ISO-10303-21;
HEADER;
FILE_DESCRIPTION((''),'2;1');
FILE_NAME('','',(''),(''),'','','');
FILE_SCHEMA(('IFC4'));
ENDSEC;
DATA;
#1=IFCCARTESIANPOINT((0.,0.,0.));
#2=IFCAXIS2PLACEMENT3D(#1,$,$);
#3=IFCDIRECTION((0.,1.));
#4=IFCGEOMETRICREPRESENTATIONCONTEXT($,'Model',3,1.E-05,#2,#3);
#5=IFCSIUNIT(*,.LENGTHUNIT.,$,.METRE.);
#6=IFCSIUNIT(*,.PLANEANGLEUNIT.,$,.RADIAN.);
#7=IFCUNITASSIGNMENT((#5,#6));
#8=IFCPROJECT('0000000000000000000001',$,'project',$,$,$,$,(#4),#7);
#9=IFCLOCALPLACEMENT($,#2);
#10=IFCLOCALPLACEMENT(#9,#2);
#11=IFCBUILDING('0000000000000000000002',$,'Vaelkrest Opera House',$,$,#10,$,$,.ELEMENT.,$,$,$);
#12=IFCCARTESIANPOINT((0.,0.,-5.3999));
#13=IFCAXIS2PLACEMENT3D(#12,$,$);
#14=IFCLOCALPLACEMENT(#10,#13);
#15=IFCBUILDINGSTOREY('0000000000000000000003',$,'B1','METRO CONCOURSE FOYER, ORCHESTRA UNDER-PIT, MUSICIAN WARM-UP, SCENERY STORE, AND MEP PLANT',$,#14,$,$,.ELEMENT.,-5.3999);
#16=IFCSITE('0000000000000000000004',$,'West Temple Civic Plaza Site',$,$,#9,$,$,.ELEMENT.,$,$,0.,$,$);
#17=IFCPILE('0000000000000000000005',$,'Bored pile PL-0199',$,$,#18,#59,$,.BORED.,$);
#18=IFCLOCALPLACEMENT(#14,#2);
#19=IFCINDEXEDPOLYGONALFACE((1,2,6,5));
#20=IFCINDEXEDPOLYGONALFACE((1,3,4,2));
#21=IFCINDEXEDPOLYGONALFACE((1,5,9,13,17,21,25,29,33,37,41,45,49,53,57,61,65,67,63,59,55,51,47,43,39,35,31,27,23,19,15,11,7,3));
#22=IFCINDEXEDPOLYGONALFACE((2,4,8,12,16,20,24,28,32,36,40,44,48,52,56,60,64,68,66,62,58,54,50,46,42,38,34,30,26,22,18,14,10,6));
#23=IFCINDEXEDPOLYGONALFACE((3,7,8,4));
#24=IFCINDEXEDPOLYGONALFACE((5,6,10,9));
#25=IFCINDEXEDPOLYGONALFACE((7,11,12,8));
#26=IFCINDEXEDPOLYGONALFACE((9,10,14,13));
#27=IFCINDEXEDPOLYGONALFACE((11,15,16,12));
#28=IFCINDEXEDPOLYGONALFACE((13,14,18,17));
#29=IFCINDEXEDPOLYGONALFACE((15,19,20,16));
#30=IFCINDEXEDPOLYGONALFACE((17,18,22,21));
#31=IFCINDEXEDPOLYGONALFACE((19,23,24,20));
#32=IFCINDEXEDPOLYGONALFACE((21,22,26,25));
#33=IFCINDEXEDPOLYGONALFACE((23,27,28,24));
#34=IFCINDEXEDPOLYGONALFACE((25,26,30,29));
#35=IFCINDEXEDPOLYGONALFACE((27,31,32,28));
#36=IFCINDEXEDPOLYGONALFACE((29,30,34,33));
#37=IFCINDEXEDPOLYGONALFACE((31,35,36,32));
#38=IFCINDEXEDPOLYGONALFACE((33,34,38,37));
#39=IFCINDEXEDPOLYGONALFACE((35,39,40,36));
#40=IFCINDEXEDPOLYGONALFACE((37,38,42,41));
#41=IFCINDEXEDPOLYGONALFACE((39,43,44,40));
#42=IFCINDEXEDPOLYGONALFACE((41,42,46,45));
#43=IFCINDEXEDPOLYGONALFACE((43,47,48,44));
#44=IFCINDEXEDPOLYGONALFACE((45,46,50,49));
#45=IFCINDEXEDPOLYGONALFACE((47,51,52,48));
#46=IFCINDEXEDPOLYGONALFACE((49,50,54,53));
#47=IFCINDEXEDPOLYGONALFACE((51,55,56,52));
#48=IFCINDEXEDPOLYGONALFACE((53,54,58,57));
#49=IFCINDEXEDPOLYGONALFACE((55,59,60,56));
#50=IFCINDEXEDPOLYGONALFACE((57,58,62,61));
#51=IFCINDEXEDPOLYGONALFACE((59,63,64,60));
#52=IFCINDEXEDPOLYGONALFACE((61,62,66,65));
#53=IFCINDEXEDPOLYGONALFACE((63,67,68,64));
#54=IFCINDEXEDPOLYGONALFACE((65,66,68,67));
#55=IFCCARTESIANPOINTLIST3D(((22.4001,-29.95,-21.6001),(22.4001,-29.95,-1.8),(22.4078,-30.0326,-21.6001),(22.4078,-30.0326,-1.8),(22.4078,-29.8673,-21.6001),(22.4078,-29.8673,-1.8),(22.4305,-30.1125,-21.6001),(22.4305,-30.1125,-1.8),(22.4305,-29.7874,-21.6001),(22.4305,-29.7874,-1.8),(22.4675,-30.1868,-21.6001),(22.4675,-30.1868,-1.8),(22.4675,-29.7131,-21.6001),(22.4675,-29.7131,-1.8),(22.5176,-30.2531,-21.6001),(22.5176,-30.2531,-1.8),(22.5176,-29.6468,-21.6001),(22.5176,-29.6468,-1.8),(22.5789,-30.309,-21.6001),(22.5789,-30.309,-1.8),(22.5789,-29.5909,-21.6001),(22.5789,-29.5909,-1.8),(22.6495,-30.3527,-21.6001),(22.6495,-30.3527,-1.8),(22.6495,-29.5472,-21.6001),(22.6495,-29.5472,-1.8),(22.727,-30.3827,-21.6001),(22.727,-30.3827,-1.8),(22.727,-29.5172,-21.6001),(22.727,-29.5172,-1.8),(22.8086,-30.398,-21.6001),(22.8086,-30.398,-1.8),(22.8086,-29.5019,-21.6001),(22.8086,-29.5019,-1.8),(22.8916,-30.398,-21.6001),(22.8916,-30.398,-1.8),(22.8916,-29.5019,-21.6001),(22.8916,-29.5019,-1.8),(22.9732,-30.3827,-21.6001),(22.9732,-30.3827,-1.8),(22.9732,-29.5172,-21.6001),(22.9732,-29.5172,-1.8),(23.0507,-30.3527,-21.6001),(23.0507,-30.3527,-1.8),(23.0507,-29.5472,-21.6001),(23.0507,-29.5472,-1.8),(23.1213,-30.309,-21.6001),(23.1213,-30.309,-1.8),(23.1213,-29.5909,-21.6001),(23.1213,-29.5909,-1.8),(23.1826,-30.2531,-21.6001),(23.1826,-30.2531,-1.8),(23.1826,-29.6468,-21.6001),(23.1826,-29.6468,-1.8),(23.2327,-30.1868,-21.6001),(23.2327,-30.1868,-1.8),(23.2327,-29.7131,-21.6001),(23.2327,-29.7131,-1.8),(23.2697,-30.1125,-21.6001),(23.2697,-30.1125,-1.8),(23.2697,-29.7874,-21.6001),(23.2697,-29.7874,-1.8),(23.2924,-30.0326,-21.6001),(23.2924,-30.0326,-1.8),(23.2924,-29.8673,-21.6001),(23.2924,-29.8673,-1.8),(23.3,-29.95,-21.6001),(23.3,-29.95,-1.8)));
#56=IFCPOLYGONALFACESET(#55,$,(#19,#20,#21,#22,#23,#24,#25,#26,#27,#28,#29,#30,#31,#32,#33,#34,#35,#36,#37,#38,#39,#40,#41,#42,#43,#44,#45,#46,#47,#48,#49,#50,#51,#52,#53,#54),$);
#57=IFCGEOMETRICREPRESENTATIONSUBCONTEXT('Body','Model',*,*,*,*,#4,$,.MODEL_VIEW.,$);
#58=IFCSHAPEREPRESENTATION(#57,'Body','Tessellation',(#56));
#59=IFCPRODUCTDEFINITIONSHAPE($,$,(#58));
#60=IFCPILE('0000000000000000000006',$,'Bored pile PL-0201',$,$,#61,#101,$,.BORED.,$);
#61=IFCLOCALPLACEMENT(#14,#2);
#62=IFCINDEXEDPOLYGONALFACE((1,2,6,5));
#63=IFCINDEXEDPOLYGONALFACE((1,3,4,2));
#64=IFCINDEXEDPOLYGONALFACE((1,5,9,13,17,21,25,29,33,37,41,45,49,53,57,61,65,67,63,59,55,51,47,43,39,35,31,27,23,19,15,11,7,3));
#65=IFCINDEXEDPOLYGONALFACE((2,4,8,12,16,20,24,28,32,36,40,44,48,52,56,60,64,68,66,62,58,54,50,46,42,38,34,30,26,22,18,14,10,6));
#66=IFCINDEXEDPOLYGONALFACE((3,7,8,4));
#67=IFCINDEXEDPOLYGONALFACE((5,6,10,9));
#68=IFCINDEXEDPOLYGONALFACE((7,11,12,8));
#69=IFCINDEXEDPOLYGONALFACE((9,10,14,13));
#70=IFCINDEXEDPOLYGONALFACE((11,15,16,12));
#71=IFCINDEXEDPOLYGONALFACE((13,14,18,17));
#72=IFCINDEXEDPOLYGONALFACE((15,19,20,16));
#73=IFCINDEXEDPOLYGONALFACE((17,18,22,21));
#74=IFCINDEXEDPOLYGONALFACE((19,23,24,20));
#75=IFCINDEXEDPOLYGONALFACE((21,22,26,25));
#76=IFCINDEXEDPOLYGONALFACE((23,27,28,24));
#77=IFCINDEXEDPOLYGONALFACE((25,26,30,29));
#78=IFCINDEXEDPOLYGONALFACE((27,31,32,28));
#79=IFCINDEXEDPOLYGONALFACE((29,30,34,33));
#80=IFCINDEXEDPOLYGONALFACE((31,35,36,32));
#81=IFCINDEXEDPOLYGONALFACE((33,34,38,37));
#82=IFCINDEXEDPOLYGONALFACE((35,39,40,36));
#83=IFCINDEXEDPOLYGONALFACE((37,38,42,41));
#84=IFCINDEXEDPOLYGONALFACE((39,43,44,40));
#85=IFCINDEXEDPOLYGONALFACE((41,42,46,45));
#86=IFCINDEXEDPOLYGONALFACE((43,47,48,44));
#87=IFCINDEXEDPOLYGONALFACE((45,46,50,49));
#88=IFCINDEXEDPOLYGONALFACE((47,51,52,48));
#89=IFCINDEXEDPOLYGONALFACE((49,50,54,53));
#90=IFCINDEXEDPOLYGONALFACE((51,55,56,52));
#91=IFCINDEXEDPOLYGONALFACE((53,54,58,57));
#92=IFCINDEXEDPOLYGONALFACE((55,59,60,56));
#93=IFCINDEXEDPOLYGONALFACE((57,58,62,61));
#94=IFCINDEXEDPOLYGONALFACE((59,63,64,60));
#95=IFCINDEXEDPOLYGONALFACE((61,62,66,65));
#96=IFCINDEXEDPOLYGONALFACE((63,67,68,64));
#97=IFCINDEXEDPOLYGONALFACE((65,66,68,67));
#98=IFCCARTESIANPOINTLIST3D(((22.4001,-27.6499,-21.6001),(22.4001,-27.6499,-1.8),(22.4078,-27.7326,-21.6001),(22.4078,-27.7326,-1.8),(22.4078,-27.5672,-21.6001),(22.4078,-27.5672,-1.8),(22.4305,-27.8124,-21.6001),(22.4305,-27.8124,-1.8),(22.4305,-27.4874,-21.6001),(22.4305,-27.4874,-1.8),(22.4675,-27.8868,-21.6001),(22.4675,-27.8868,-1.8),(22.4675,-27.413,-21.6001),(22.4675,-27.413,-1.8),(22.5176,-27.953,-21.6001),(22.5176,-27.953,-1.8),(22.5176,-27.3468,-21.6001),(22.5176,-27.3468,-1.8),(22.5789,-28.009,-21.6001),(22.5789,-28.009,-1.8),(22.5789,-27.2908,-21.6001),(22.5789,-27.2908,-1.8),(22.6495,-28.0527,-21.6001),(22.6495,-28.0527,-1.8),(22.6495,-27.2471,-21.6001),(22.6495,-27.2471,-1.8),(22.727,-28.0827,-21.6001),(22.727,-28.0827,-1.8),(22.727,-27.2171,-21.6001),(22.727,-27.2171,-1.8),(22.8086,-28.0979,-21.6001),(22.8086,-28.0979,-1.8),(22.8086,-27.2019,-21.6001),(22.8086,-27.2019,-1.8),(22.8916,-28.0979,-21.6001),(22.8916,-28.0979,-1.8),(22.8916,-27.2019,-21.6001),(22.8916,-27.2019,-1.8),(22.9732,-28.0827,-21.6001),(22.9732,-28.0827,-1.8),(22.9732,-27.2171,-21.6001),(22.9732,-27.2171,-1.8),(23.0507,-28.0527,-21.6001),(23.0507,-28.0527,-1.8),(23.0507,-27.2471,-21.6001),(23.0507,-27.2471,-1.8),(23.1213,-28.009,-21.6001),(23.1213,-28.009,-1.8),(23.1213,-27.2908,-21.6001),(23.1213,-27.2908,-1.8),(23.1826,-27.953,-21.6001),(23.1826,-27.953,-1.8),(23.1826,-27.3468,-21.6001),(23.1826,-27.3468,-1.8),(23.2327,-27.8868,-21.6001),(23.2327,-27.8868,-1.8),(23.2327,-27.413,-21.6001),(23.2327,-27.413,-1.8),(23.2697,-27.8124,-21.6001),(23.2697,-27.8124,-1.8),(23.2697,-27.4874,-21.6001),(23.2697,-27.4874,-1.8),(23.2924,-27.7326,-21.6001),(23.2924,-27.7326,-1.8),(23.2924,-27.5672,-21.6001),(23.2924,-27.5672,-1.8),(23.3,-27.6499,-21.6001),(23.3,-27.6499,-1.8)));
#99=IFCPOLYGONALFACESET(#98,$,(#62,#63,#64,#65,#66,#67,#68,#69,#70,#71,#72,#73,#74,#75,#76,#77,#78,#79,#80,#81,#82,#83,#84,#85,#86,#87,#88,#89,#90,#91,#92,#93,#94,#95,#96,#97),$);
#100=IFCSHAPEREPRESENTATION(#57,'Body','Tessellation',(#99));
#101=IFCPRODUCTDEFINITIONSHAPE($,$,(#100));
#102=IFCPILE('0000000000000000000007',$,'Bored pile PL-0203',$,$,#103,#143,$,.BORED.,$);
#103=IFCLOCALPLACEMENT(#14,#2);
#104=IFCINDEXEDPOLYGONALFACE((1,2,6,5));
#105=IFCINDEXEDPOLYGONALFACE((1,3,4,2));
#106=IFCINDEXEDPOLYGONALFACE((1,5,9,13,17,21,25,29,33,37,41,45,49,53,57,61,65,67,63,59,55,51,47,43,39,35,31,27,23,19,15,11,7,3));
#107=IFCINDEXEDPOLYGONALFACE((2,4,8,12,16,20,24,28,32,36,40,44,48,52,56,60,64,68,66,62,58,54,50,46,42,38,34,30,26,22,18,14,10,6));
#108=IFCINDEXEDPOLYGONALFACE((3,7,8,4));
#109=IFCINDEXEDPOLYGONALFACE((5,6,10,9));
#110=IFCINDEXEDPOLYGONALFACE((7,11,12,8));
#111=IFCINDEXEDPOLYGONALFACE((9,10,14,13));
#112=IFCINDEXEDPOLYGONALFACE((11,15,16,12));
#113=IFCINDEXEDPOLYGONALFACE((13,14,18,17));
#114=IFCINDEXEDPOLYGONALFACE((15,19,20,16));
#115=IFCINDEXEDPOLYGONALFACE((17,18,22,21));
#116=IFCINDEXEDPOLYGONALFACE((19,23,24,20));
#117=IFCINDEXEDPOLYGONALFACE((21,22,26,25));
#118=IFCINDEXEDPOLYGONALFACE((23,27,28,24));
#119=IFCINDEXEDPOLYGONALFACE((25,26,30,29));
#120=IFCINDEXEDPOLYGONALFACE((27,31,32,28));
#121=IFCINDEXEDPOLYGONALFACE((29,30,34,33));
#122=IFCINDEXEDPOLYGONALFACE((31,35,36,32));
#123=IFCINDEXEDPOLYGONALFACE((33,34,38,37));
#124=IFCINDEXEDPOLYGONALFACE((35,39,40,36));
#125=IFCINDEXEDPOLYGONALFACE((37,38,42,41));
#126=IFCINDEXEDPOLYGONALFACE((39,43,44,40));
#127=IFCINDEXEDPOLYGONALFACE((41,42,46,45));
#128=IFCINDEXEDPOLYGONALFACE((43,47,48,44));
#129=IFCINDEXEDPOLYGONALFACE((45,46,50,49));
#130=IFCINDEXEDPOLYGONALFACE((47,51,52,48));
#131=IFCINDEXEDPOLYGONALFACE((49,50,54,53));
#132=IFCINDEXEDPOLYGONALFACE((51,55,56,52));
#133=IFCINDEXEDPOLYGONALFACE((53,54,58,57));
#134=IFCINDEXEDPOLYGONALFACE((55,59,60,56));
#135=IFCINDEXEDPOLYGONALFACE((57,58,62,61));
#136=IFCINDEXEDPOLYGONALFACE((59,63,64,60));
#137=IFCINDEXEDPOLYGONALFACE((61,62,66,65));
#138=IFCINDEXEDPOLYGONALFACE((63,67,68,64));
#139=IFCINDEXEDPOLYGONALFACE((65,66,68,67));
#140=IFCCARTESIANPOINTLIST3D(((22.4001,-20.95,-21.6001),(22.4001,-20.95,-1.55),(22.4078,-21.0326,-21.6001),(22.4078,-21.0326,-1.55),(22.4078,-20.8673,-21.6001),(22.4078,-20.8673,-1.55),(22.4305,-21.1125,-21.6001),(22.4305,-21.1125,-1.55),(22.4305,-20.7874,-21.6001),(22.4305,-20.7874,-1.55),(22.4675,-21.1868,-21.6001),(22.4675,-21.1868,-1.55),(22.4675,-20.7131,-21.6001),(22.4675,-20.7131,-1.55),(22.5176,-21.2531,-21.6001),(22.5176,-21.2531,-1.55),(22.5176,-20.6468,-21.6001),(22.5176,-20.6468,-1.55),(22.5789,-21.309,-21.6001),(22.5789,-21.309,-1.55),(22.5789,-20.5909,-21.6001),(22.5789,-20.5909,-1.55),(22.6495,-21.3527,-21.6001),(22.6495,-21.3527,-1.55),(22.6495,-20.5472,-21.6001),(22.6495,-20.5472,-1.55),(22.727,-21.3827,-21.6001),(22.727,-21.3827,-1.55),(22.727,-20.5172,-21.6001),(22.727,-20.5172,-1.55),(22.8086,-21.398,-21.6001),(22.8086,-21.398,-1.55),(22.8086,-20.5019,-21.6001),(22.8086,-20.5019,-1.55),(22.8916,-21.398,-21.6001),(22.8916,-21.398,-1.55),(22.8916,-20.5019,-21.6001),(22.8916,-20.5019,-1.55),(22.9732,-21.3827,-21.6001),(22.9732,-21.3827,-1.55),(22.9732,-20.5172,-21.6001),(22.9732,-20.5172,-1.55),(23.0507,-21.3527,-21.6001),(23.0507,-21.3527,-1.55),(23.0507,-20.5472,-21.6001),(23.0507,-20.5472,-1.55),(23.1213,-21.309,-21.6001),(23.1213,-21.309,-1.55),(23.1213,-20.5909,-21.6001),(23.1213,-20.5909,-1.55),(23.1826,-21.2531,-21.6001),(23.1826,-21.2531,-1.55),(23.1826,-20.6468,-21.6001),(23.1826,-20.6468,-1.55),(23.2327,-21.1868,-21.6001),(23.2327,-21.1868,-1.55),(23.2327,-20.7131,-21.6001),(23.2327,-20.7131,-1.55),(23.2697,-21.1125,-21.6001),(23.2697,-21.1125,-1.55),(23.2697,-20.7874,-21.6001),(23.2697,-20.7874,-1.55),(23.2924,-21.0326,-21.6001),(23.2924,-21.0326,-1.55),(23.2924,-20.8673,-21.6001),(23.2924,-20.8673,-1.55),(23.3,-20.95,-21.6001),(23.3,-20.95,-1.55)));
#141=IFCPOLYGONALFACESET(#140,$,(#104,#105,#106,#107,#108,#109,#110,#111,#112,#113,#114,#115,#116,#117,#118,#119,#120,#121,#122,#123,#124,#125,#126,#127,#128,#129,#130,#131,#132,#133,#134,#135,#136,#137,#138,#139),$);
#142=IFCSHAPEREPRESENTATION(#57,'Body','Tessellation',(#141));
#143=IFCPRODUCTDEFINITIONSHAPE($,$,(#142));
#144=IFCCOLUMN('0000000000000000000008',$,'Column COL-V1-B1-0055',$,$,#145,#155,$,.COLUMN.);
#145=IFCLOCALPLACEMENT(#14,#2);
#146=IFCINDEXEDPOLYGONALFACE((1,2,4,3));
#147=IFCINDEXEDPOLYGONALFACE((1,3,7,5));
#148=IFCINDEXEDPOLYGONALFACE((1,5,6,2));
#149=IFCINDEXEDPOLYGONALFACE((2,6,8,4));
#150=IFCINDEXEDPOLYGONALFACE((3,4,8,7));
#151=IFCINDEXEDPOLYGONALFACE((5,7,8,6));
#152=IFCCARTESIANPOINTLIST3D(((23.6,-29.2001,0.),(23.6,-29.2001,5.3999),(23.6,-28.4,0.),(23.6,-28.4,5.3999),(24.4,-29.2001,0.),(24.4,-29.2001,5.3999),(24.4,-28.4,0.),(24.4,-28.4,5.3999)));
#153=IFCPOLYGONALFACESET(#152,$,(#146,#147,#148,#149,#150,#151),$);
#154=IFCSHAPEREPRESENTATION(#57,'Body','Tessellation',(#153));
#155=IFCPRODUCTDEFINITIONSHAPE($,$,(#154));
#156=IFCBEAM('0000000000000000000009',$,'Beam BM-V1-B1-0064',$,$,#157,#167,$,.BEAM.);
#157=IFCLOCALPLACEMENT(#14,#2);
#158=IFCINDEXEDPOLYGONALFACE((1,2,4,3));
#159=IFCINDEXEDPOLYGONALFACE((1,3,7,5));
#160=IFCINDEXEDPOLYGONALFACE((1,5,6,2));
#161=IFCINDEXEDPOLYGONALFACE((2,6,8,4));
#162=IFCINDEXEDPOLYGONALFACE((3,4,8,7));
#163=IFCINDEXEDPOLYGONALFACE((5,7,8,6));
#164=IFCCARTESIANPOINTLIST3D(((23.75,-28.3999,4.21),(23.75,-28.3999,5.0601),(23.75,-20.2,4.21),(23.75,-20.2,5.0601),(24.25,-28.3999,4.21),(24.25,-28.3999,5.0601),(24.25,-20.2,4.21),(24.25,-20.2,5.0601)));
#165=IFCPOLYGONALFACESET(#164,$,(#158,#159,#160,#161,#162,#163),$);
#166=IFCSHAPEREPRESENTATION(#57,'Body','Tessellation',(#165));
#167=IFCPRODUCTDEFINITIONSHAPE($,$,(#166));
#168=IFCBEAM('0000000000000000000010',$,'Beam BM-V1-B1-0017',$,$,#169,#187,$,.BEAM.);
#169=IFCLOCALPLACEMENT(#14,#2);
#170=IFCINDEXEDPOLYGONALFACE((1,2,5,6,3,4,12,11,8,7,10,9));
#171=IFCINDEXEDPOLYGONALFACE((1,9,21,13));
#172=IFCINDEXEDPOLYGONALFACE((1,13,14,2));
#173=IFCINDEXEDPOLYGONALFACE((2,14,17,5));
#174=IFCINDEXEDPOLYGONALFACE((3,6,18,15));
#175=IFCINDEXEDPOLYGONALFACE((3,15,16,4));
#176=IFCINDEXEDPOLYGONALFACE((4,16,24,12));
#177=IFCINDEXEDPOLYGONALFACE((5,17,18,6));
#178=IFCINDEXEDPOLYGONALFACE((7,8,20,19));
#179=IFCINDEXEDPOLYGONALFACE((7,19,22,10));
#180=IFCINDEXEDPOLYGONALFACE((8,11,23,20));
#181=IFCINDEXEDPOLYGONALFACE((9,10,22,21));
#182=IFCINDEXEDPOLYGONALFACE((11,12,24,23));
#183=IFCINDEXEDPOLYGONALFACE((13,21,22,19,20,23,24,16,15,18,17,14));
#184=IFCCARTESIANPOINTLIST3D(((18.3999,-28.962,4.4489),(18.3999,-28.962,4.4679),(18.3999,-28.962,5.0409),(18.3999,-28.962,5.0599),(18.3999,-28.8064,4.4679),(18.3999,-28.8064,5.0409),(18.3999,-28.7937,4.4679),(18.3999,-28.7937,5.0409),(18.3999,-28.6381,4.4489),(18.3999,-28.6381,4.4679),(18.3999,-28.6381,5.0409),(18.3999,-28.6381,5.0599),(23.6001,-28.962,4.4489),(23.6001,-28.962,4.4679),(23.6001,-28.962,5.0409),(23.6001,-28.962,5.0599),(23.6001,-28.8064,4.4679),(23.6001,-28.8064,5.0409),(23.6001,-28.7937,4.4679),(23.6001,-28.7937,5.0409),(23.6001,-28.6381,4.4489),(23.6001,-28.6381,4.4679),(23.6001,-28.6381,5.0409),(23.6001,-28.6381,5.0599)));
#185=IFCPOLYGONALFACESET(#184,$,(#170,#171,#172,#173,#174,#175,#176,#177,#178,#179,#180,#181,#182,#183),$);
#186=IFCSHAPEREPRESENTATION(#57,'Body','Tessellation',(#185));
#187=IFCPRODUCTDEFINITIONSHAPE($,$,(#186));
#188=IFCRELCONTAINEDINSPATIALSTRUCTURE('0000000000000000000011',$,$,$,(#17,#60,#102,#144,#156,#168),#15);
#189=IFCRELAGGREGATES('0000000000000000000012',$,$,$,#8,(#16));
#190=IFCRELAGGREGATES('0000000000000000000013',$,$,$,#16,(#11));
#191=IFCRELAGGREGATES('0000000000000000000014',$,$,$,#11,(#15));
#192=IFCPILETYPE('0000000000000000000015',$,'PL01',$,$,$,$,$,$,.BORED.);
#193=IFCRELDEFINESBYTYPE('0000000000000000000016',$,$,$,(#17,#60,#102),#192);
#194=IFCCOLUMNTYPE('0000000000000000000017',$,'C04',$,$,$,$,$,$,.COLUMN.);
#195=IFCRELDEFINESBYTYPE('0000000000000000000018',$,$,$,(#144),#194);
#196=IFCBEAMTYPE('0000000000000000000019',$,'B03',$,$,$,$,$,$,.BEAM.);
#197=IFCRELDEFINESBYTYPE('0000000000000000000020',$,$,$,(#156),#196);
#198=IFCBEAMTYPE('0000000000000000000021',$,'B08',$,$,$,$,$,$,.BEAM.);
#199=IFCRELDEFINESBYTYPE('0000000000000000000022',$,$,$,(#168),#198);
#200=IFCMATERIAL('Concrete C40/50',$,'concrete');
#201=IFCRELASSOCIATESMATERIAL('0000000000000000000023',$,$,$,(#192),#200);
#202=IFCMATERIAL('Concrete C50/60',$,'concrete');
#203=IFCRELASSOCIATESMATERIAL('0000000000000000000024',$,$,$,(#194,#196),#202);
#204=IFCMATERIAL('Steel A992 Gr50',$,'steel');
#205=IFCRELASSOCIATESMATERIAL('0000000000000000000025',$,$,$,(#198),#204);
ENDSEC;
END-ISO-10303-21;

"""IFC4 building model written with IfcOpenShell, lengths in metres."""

from ifc_helpers import new_model, si_unit, direction, frame, origin, origin_2d, place, context, subcontext, project, spatial, rectangle, circle, i_section, extrude, material, material_profile, profile_set, type_object, element, save


model = new_model("IFC4")

# Units and contexts
model_context = context("Model", 3, precision=1e-05, world=origin(), true_north=direction((0.0, 1.0)))
body_context = subcontext(model_context, "Body", "Model", "MODEL_VIEW")
ifc_project = project(units=[si_unit("LENGTHUNIT", "METRE"), si_unit("PLANEANGLEUNIT", "RADIAN")], contexts=[model_context])

# Site, building, storey
site_placement = place(None, origin())
site = spatial("IfcSite", under=ifc_project, at=site_placement, Name="West Temple Civic Plaza Site", CompositionType="ELEMENT", RefElevation=0.0)
building_placement = place(site_placement, origin())
building = spatial("IfcBuilding", under=site, at=building_placement, Name="Vaelkrest Opera House", CompositionType="ELEMENT")
storey_placement = place(building_placement, frame((0.0, 0.0, -5.3999)))
storey = spatial("IfcBuildingStorey", under=building, at=storey_placement, Name="B1", Description="METRO CONCOURSE FOYER, ORCHESTRA UNDER-PIT, MUSICIAN WARM-UP, SCENERY STORE, AND MEP PLANT", CompositionType="ELEMENT", Elevation=-5.3999)

# Shared definitions
ifc_material_1 = material(Name="Concrete C40/50", Category="concrete")

# Piles
ifc_material_profile_1 = material_profile(ifc_material_1, circle(Radius=0.45, at=origin_2d()), Name="PILE900")
ifc_profile_set_1 = profile_set([ifc_material_profile_1], Name="Concrete C40/50")
pile_type = type_object("IfcPileType", Name="PL01", PredefinedType="BORED", material=ifc_profile_set_1)
for number, where, z_axis, x_axis, name in (
    (1, (22.8501, -29.95, -1.8), (0.0, 0.0, -1.0), (1.0, 0.0, 0.0), "Bored pile PL-0199"),
    (2, (22.8501, -27.6499, -1.8), (0.0, 0.0, -1.0), (1.0, 0.0, 0.0), "Bored pile PL-0201"),
):
    element("IfcPile", number, at=place(storey_placement, frame(where, z_axis=z_axis, x_axis=x_axis)), inside=storey, type_object=pile_type, Name=name, PredefinedType="BORED", context=body_context, shape_type="SweptSolid", body=[
        extrude(circle(Radius=0.45, at=origin_2d()), origin(), (0.0, 0.0, 1.0), 19.8),
    ])
pile_placement = place(storey_placement, frame((22.8501, -20.95, -1.55), z_axis=(0.0, 0.0, -1.0), x_axis=(1.0, 0.0, 0.0)))
element("IfcPile", 3, at=pile_placement, inside=storey, type_object=pile_type, Name="Bored pile PL-0203", PredefinedType="BORED", context=body_context, shape_type="SweptSolid", body=[
    extrude(circle(Radius=0.45, at=origin_2d()), origin(), (0.0, 0.0, 1.0), 20.05),
])

# Column
ifc_material_2 = material(Name="Concrete C50/60", Category="concrete")
ifc_material_profile_2 = material_profile(ifc_material_2, rectangle(XDim=0.8, YDim=0.8, at=origin_2d()), Name="RC800X800")
ifc_profile_set_2 = profile_set([ifc_material_profile_2], Name="Concrete C50/60")
column_type = type_object("IfcColumnType", Name="C04", PredefinedType="COLUMN", material=ifc_profile_set_2)
column_placement = place(storey_placement, frame((24.0, -28.8, 0.0), z_axis=(0.0, 0.0, 1.0), x_axis=(1.0, 0.0, 0.0)))
element("IfcColumn", 4, at=column_placement, inside=storey, type_object=column_type, Name="Column COL-V1-B1-0055", PredefinedType="COLUMN", context=body_context, shape_type="SweptSolid", body=[
    extrude(rectangle(XDim=0.8, YDim=0.8, at=origin_2d()), origin(), (0.0, 0.0, 1.0), 5.3999),
])

# Beams
ifc_material_profile_3 = material_profile(ifc_material_2, rectangle(XDim=0.5, YDim=0.8501, at=origin_2d()), Name="RCB500X850")
ifc_profile_set_3 = profile_set([ifc_material_profile_3], Name="Concrete C50/60")
beam_type_1 = type_object("IfcBeamType", Name="B03", PredefinedType="BEAM", material=ifc_profile_set_3)
beam_1_placement = place(storey_placement, frame((24.0, -28.3999, 4.635), z_axis=(0.0, 1.0, 0.0), x_axis=(-1.0, 0.0, 0.0)))
element("IfcBeam", 5, at=beam_1_placement, inside=storey, type_object=beam_type_1, Name="Beam BM-V1-B1-0064", PredefinedType="BEAM", context=body_context, shape_type="SweptSolid", body=[
    extrude(rectangle(XDim=0.5, YDim=0.8501, at=origin_2d()), origin(), (0.0, 0.0, 1.0), 8.2),
])
ifc_material_3 = material(Name="Steel A992 Gr50", Category="steel")
ifc_material_profile_4 = material_profile(ifc_material_3, i_section(OverallWidth=0.324, OverallDepth=0.6111, WebThickness=0.0127, FlangeThickness=0.019, at=origin_2d()), Name="W24X104")
ifc_profile_set_4 = profile_set([ifc_material_profile_4], Name="Steel A992 Gr50")
beam_type_2 = type_object("IfcBeamType", Name="B08", PredefinedType="BEAM", material=ifc_profile_set_4)
beam_2_placement = place(storey_placement, frame((18.3999, -28.8, 4.7544), z_axis=(1.0, 0.0, 0.0), x_axis=(0.0, 1.0, 0.0)))
element("IfcBeam", 6, at=beam_2_placement, inside=storey, type_object=beam_type_2, Name="Beam BM-V1-B1-0017", PredefinedType="BEAM", context=body_context, shape_type="SweptSolid", body=[
    extrude(i_section(OverallWidth=0.324, OverallDepth=0.6111, WebThickness=0.0127, FlangeThickness=0.019, at=origin_2d()), origin(), (0.0, 0.0, 1.0), 5.2002),
])

save(model, "model.ifc")
